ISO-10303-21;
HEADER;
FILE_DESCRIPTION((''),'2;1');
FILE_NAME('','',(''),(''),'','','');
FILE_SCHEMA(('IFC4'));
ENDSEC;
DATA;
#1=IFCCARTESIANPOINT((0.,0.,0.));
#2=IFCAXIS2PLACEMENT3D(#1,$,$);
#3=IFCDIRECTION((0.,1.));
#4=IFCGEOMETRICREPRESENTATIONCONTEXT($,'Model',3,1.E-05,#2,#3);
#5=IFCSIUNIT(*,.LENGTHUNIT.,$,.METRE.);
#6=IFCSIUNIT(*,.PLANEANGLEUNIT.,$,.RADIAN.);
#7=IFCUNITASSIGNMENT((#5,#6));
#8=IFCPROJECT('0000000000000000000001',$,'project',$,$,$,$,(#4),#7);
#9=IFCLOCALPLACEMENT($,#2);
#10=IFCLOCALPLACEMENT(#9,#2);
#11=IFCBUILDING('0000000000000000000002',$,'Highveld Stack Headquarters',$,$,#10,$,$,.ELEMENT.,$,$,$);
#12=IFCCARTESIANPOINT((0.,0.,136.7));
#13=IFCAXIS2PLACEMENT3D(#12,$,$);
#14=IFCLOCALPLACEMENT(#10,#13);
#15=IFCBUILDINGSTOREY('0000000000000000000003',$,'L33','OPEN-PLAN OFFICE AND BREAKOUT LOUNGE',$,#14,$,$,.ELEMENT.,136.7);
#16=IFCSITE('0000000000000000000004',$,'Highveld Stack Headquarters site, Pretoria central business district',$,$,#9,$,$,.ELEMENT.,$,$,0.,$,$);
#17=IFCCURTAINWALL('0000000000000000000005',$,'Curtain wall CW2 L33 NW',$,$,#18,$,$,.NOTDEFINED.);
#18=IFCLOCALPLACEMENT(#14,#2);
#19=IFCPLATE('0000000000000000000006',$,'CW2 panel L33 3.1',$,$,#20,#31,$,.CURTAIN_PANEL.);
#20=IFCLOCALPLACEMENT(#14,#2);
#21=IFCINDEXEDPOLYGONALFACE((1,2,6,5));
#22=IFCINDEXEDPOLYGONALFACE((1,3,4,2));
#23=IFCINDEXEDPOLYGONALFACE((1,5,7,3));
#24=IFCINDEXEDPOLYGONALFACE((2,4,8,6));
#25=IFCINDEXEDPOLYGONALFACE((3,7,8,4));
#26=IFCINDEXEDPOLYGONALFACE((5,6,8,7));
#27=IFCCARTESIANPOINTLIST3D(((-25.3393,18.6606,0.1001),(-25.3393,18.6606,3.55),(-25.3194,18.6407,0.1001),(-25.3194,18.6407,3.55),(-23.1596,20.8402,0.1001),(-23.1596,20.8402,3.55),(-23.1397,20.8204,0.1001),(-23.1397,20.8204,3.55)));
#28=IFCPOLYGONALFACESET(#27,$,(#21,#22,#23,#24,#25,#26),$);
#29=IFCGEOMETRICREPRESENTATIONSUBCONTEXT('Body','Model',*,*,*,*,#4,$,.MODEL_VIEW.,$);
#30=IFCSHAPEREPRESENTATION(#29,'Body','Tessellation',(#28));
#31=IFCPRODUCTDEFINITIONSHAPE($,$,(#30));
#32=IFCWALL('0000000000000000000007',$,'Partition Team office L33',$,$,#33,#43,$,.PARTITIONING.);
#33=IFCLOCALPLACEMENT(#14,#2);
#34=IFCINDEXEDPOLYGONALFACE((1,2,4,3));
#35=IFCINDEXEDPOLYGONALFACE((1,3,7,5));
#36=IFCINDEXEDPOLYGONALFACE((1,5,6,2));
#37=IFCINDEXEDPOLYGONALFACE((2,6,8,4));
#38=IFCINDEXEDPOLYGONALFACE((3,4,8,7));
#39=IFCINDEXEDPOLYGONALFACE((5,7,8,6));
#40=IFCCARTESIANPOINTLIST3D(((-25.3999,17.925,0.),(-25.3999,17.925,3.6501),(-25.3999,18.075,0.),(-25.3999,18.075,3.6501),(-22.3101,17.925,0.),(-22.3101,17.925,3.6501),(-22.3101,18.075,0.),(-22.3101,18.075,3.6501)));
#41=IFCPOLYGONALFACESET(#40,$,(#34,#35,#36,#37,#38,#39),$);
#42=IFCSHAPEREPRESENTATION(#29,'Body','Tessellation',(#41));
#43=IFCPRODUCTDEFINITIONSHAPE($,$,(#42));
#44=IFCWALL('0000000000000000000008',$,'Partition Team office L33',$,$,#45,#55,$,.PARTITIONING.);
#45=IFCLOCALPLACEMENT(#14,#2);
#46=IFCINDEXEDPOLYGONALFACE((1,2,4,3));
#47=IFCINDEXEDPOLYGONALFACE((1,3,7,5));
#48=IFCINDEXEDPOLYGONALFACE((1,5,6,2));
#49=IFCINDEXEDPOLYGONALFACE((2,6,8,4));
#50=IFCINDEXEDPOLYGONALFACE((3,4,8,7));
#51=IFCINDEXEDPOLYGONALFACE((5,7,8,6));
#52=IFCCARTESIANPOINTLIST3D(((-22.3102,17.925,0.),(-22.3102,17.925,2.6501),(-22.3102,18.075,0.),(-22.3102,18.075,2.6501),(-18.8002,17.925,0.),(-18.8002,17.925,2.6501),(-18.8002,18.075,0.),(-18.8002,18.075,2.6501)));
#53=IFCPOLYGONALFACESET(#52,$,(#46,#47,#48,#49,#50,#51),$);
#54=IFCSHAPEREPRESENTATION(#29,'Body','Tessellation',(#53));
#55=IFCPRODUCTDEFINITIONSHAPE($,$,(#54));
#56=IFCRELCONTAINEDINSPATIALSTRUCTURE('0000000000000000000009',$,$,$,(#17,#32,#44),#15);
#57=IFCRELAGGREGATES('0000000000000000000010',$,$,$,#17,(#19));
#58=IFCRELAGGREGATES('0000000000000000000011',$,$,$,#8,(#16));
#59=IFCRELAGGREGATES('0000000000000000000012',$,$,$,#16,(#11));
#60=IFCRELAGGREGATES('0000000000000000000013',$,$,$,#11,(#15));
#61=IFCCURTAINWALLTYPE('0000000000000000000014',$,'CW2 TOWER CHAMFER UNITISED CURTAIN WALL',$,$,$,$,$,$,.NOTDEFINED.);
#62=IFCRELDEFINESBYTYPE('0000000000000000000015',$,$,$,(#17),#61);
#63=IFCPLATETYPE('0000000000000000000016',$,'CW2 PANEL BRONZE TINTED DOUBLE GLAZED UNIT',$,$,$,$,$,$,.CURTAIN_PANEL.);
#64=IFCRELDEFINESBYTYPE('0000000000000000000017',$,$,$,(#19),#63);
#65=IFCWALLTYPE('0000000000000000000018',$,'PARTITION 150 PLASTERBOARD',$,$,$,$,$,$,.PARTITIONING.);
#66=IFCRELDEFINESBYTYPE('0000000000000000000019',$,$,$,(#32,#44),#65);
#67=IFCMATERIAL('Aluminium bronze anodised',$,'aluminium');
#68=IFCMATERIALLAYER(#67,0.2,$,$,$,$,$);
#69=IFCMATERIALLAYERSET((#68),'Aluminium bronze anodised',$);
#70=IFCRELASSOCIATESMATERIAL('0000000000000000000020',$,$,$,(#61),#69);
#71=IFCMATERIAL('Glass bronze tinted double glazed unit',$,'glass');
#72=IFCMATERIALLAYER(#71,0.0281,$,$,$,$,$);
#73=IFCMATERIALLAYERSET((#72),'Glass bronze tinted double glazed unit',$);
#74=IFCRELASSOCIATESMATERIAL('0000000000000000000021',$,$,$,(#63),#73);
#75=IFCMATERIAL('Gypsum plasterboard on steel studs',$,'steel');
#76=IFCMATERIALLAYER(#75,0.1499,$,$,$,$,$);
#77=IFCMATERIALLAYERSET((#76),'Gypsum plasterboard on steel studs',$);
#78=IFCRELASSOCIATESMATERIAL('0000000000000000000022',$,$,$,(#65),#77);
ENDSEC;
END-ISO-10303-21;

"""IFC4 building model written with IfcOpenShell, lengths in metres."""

from ifc_helpers import new_model, si_unit, direction, frame, frame_2d, origin, origin_2d, place, context, subcontext, project, spatial, rectangle, extrude, material, layer, layer_set, type_object, element, aggregate, save


model = new_model("IFC4")

# Units and contexts
model_context = context("Model", 3, precision=1e-05, world=origin(), true_north=direction((0.0, 1.0)))
body_context = subcontext(model_context, "Body", "Model", "MODEL_VIEW")
ifc_project = project(units=[si_unit("LENGTHUNIT", "METRE"), si_unit("PLANEANGLEUNIT", "RADIAN")], contexts=[model_context])

# Site, building, storey
site_placement = place(None, origin())
site = spatial("IfcSite", under=ifc_project, at=site_placement, Name="Highveld Stack Headquarters site, Pretoria central business district", CompositionType="ELEMENT", RefElevation=0.0)
building_placement = place(site_placement, origin())
building = spatial("IfcBuilding", under=site, at=building_placement, Name="Highveld Stack Headquarters", CompositionType="ELEMENT")
storey_placement = place(building_placement, frame((0.0, 0.0, 136.7)))
storey = spatial("IfcBuildingStorey", under=building, at=storey_placement, Name="L33", Description="OPEN-PLAN OFFICE AND BREAKOUT LOUNGE", CompositionType="ELEMENT", Elevation=136.7)

# Curtain wall
ifc_material_1 = material(Name="Aluminium bronze anodised", Category="aluminium")
ifc_layer_1 = layer(ifc_material_1, 0.2)
ifc_layer_set_1 = layer_set([ifc_layer_1], Name="Aluminium bronze anodised")
curtain_wall_type_1 = type_object("IfcCurtainWallType", Name="CW2 TOWER CHAMFER UNITISED CURTAIN WALL", PredefinedType="NOTDEFINED", material=ifc_layer_set_1)
curtain_wall_1_placement = place(storey_placement, origin())
curtain_wall_1 = element("IfcCurtainWall", 1, at=curtain_wall_1_placement, inside=storey, type_object=curtain_wall_type_1, Name="Curtain wall CW2 L33 NW", PredefinedType="NOTDEFINED")

# Plate
ifc_material_2 = material(Name="Glass bronze tinted double glazed unit", Category="glass")
ifc_layer_2 = layer(ifc_material_2, 0.0281)
ifc_layer_set_2 = layer_set([ifc_layer_2], Name="Glass bronze tinted double glazed unit")
plate_type_1 = type_object("IfcPlateType", Name="CW2 PANEL BRONZE TINTED DOUBLE GLAZED UNIT", PredefinedType="CURTAIN_PANEL", material=ifc_layer_set_2)
plate_1_placement = place(storey_placement, frame((-24.2395, 19.7405, 0.1001), z_axis=(0.0, 0.0, 1.0), x_axis=(-0.707107, -0.707107, 0.0)))
plate_1 = element("IfcPlate", 2, at=plate_1_placement, type_object=plate_type_1, Name="CW2 panel L33 3.1", PredefinedType="CURTAIN_PANEL", context=body_context, shape_type="SweptSolid", body=[
    extrude(rectangle(XDim=3.0825, YDim=0.0281, at=origin_2d()), origin(), (0.0, 0.0, 1.0), 3.45),
])
aggregate(curtain_wall_1, [plate_1])

# Walls
ifc_material_3 = material(Name="Gypsum plasterboard on steel studs", Category="steel")
ifc_layer_3 = layer(ifc_material_3, 0.1499)
ifc_layer_set_3 = layer_set([ifc_layer_3], Name="Gypsum plasterboard on steel studs")
wall_type = type_object("IfcWallType", Name="PARTITION 150 PLASTERBOARD", PredefinedType="PARTITIONING", material=ifc_layer_set_3)
wall_1_placement = place(storey_placement, frame((-25.3999, 18.0, 0.0), z_axis=(0.0, 0.0, 1.0), x_axis=(1.0, 0.0, 0.0)))
element("IfcWall", 3, at=wall_1_placement, inside=storey, type_object=wall_type, Name="Partition Team office L33", PredefinedType="PARTITIONING", context=body_context, shape_type="SweptSolid", body=[
    extrude(rectangle(XDim=3.0898, YDim=0.1499, at=frame_2d((1.5449, 0.0))), origin(), (0.0, 0.0, 1.0), 3.6501),
])
wall_2_placement = place(storey_placement, frame((-22.3101, 18.0, 0.0), z_axis=(0.0, 0.0, 1.0), x_axis=(1.0, 0.0, 0.0)))
element("IfcWall", 4, at=wall_2_placement, inside=storey, type_object=wall_type, Name="Partition Team office L33", PredefinedType="PARTITIONING", context=body_context, shape_type="SweptSolid", body=[
    extrude(rectangle(XDim=3.51, YDim=0.1499, at=frame_2d((1.7549, 0.0))), origin(), (0.0, 0.0, 1.0), 2.6501),
])

save(model, "model.ifc")
